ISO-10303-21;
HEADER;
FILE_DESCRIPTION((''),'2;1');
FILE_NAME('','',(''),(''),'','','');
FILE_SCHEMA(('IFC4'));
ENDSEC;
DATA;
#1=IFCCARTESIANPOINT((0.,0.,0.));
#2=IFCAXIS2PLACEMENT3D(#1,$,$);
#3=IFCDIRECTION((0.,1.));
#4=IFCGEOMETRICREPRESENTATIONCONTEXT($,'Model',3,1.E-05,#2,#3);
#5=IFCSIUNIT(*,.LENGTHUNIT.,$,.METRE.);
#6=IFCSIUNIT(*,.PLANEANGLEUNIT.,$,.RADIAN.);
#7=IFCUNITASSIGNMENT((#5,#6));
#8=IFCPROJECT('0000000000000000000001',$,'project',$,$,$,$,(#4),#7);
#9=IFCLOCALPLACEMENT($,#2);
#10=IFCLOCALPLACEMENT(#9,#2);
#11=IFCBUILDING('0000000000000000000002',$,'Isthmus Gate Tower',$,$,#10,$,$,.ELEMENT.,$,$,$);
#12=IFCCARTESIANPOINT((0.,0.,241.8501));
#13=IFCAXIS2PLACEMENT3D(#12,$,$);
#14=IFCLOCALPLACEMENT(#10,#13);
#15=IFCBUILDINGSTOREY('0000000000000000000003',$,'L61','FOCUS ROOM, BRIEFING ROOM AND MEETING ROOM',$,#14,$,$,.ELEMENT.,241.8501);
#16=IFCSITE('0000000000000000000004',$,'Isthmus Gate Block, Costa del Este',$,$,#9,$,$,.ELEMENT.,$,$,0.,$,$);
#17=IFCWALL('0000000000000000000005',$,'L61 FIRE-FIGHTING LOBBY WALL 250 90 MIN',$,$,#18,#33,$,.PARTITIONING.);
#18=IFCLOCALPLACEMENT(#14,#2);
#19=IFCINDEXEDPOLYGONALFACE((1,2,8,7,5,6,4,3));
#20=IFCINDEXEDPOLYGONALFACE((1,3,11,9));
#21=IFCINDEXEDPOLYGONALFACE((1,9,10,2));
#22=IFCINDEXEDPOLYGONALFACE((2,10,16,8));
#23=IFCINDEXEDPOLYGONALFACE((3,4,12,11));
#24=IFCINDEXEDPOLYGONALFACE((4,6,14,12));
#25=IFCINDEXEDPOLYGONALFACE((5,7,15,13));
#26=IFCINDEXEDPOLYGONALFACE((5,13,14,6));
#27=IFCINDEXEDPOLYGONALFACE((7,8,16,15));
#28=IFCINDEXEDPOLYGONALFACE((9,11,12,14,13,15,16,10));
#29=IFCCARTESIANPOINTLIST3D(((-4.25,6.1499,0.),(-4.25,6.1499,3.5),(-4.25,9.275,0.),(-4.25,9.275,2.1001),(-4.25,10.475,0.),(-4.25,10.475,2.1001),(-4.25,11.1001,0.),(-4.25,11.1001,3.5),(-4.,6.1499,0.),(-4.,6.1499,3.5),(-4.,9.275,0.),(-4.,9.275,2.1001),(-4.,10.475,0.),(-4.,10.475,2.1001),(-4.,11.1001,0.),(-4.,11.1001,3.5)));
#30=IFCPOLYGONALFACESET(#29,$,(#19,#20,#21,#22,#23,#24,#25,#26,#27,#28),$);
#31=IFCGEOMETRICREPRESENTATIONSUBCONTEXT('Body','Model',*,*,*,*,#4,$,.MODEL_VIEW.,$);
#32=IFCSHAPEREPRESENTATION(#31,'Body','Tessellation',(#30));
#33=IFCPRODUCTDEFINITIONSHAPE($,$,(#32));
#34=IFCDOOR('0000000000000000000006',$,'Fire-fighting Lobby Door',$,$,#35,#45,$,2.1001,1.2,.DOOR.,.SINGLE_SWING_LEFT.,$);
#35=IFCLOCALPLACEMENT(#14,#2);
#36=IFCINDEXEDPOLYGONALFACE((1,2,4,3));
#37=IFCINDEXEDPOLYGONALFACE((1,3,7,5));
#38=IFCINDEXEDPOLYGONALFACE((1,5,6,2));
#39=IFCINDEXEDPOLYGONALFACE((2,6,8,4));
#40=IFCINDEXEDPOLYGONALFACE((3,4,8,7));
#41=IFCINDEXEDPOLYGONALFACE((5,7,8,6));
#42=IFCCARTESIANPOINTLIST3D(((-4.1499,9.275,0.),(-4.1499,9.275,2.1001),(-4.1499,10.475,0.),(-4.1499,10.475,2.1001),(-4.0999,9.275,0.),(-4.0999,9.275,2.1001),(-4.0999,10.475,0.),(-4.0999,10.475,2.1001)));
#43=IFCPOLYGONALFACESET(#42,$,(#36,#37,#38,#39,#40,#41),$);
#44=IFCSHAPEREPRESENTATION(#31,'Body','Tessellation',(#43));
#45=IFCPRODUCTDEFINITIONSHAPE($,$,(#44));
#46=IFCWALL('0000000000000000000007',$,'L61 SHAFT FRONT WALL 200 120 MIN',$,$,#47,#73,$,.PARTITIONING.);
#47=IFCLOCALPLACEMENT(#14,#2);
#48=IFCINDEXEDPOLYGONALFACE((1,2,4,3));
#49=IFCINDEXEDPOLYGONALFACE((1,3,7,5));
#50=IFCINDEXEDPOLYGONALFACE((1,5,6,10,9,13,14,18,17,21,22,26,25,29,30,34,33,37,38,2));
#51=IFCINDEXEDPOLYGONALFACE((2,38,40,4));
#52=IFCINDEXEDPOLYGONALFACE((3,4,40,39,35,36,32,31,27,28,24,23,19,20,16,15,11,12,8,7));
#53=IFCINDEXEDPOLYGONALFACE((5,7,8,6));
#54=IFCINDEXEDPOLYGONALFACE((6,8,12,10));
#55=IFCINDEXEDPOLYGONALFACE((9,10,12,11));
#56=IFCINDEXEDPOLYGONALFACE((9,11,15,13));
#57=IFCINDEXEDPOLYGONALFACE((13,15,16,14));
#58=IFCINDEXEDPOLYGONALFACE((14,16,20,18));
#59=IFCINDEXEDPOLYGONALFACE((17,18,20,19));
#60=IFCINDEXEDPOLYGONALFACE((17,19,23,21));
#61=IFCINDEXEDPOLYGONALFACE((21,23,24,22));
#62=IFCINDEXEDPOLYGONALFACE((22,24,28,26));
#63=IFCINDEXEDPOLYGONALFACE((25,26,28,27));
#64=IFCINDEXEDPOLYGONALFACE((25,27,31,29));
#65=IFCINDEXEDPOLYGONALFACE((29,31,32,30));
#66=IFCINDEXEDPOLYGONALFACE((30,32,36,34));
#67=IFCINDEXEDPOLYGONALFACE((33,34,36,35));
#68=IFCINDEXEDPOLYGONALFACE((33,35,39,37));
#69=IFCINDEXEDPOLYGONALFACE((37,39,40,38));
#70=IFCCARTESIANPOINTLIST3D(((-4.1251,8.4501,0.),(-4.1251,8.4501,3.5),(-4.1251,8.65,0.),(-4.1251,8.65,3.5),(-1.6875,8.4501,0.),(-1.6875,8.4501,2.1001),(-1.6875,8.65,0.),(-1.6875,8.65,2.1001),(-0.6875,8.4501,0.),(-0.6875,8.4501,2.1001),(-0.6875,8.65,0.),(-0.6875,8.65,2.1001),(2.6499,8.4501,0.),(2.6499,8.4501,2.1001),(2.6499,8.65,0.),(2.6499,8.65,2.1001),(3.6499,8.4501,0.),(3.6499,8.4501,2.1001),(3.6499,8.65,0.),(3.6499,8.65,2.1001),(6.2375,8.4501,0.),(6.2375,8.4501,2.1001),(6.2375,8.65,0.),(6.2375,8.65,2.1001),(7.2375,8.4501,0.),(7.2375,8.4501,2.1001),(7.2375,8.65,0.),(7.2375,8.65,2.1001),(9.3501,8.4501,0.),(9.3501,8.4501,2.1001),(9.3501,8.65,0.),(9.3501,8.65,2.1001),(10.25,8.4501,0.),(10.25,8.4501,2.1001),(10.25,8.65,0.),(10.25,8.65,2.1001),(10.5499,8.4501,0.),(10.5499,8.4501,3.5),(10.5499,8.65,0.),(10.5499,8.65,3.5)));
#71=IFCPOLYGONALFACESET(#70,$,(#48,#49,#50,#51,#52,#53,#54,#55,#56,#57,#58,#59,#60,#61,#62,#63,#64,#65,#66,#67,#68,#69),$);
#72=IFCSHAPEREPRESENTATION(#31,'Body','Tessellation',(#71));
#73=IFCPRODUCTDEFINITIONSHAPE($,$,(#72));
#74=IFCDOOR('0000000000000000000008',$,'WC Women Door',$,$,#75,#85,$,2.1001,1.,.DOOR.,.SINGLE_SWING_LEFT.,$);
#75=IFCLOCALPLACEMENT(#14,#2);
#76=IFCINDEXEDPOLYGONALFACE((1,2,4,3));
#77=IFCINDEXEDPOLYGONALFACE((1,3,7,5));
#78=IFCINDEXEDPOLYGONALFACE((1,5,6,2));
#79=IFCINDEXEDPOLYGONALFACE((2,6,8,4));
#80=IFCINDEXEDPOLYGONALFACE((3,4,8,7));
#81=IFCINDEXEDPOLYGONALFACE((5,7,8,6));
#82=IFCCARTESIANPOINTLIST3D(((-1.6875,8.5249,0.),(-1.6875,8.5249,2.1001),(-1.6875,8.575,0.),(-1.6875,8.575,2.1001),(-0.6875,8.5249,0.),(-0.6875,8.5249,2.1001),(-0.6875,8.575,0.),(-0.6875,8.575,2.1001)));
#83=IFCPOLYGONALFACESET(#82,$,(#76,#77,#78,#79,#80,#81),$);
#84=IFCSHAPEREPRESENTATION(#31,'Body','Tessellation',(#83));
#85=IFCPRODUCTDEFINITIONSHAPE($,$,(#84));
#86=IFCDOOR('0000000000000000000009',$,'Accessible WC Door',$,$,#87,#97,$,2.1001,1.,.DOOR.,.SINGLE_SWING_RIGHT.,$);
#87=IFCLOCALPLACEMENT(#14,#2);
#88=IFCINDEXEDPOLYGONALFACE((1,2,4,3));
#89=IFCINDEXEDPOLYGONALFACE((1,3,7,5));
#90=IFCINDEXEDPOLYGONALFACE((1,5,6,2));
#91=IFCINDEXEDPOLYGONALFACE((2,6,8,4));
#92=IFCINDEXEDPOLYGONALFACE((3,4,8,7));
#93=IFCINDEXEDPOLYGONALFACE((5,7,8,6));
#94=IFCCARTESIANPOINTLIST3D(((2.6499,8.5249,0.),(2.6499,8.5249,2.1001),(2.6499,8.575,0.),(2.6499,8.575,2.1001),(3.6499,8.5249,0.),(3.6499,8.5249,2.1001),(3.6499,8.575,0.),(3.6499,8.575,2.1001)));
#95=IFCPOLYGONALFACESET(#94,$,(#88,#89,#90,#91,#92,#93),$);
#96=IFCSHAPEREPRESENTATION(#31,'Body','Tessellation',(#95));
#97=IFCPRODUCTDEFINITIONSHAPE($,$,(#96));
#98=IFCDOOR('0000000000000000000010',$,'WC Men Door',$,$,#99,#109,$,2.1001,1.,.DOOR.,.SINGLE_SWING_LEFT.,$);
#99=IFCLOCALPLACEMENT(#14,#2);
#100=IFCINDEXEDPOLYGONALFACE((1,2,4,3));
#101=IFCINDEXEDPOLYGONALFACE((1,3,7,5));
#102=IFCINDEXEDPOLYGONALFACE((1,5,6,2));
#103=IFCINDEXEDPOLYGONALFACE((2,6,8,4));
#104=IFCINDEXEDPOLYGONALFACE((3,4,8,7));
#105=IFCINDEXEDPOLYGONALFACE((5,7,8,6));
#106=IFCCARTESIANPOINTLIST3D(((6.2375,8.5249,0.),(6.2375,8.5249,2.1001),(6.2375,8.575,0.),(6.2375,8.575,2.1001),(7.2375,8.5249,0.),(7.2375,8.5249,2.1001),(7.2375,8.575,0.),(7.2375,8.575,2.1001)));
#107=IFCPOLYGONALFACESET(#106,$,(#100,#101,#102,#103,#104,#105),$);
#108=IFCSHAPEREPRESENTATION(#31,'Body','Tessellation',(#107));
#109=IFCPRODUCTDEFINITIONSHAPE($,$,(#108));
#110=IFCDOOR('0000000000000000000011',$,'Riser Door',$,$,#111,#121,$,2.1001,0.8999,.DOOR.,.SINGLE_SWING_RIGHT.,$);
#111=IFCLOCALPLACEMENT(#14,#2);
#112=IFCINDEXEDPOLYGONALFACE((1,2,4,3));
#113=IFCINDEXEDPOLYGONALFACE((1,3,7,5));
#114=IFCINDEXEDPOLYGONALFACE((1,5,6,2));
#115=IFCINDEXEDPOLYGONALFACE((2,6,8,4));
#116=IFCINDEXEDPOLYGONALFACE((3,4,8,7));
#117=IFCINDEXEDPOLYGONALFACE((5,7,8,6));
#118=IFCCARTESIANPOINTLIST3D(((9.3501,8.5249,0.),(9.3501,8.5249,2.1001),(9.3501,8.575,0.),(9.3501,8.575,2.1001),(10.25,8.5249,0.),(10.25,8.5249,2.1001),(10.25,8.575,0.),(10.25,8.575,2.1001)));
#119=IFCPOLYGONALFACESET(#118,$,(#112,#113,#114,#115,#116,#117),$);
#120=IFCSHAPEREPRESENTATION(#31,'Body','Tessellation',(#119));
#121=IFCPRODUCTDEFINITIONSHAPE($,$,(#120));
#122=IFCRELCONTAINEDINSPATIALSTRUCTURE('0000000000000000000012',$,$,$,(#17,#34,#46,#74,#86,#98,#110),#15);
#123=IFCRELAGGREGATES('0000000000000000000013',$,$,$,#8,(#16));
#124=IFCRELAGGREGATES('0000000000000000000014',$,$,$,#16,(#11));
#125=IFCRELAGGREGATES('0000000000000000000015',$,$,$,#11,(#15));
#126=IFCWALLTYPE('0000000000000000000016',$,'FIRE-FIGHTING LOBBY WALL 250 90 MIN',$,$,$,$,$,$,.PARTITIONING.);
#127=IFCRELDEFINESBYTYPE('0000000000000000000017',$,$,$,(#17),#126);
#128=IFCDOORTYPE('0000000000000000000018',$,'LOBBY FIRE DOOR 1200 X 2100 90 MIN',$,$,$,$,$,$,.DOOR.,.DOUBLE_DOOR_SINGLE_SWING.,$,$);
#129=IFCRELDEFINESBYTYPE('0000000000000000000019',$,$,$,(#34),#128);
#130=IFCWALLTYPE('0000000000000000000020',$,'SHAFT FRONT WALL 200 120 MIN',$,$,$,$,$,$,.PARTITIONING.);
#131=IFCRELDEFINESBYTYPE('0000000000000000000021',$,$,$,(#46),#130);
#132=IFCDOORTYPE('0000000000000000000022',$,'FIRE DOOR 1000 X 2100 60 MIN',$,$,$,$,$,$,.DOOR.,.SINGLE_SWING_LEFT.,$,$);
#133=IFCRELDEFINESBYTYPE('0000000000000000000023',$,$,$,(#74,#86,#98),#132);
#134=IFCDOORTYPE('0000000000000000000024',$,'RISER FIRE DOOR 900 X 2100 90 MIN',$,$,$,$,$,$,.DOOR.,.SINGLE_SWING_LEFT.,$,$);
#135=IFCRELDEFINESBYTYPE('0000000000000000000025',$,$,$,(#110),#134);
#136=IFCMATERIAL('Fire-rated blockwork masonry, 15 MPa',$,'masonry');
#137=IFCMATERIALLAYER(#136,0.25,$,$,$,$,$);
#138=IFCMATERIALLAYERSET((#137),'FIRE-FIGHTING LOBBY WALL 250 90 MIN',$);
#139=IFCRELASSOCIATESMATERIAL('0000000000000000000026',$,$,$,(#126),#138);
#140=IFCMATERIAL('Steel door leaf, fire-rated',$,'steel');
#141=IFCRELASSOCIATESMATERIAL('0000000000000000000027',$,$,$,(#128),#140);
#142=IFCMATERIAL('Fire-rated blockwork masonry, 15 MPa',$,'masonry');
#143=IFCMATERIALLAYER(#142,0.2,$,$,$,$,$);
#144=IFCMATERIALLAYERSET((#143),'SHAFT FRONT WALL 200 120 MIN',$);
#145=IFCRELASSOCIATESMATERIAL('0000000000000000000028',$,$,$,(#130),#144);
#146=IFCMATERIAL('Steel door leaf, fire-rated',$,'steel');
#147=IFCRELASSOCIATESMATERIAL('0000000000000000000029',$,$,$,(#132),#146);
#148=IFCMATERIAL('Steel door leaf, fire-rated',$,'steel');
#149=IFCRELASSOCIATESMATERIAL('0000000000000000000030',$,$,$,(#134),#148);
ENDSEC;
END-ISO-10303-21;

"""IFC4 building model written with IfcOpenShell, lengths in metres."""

from ifc_helpers import new_model, si_unit, direction, frame, frame_2d, origin, place, context, subcontext, project, spatial, rectangle, extrude, material, layer, layer_set, type_object, element, fill, save


model = new_model("IFC4")

# Units and contexts
model_context = context("Model", 3, precision=1e-05, world=origin(), true_north=direction((0.0, 1.0)))
body_context = subcontext(model_context, "Body", "Model", "MODEL_VIEW")
ifc_project = project(units=[si_unit("LENGTHUNIT", "METRE"), si_unit("PLANEANGLEUNIT", "RADIAN")], contexts=[model_context])

# Site, building, storey
site_placement = place(None, origin())
site = spatial("IfcSite", under=ifc_project, at=site_placement, Name="Isthmus Gate Block, Costa del Este", CompositionType="ELEMENT", RefElevation=0.0)
building_placement = place(site_placement, origin())
building = spatial("IfcBuilding", under=site, at=building_placement, Name="Isthmus Gate Tower", CompositionType="ELEMENT")
storey_placement = place(building_placement, frame((0.0, 0.0, 241.8501)))
storey = spatial("IfcBuildingStorey", under=building, at=storey_placement, Name="L61", Description="FOCUS ROOM, BRIEFING ROOM AND MEETING ROOM", CompositionType="ELEMENT", Elevation=241.8501)

# Wall, opening, door
ifc_material_1 = material(Name="Fire-rated blockwork masonry, 15 MPa", Category="masonry")
ifc_layer_1 = layer(ifc_material_1, 0.25)
ifc_layer_set_1 = layer_set([ifc_layer_1], Name="FIRE-FIGHTING LOBBY WALL 250 90 MIN")
wall_type_1 = type_object("IfcWallType", Name="FIRE-FIGHTING LOBBY WALL 250 90 MIN", PredefinedType="PARTITIONING", material=ifc_layer_set_1)
wall_1_placement = place(storey_placement, frame((-4.125, 6.1499, 0.0), z_axis=(0.0, 0.0, 1.0), x_axis=(0.0, 1.0, 0.0)))
wall_1 = element("IfcWall", 1, at=wall_1_placement, inside=storey, type_object=wall_type_1, Name="L61 FIRE-FIGHTING LOBBY WALL 250 90 MIN", PredefinedType="PARTITIONING", context=body_context, shape_type="SweptSolid", body=[
    extrude(rectangle(XDim=4.9502, YDim=0.25, at=frame_2d((2.4751, 0.0))), origin(), (0.0, 0.0, 1.0), 3.5),
])
opening_1_placement = place(wall_1_placement, frame((3.125, 0.0, 0.0)))
opening_1 = element("IfcOpeningElement", 2, at=opening_1_placement, cuts=wall_1, PredefinedType="OPENING", context=body_context, shape_type="SweptSolid", body=[
    extrude(rectangle(XDim=1.2, YDim=2.1001, at=frame_2d((0.6001, 1.05))), frame((0.0, 0.135, 0.0), z_axis=(0.0, -1.0, 0.0), x_axis=(1.0, 0.0, 0.0)), (0.0, 0.0, 1.0), 0.27),
])
ifc_material_2 = material(Name="Steel door leaf, fire-rated", Category="steel")
door_type_1 = type_object("IfcDoorType", Name="LOBBY FIRE DOOR 1200 X 2100 90 MIN", OperationType="DOUBLE_DOOR_SINGLE_SWING", PredefinedType="DOOR", material=ifc_material_2)
door_1_placement = place(opening_1_placement, origin())
door_1 = element("IfcDoor", 3, at=door_1_placement, inside=storey, type_object=door_type_1, Name="Fire-fighting Lobby Door", OperationType="SINGLE_SWING_LEFT", OverallHeight=2.1001, OverallWidth=1.2, PredefinedType="DOOR", context=body_context, shape_type="SweptSolid", body=[
    extrude(rectangle(XDim=1.2, YDim=2.1001, at=frame_2d((0.6001, 1.05))), frame((0.0, 0.0249, 0.0), z_axis=(0.0, -1.0, 0.0), x_axis=(1.0, 0.0, 0.0)), (0.0, 0.0, 1.0), 0.05),
])
fill(opening_1, door_1)

# Wall, openings, doors
ifc_material_3 = material(Name="Fire-rated blockwork masonry, 15 MPa", Category="masonry")
ifc_layer_2 = layer(ifc_material_3, 0.2)
ifc_layer_set_2 = layer_set([ifc_layer_2], Name="SHAFT FRONT WALL 200 120 MIN")
wall_type_2 = type_object("IfcWallType", Name="SHAFT FRONT WALL 200 120 MIN", PredefinedType="PARTITIONING", material=ifc_layer_set_2)
wall_2_placement = place(storey_placement, frame((-4.125, 8.55, 0.0), z_axis=(0.0, 0.0, 1.0), x_axis=(1.0, 0.0, 0.0)))
wall_2 = element("IfcWall", 4, at=wall_2_placement, inside=storey, type_object=wall_type_2, Name="L61 SHAFT FRONT WALL 200 120 MIN", PredefinedType="PARTITIONING", context=body_context, shape_type="SweptSolid", body=[
    extrude(rectangle(XDim=14.675, YDim=0.2, at=frame_2d((7.3374, 0.0))), origin(), (0.0, 0.0, 1.0), 3.5),
])
opening_2_placement = place(wall_2_placement, frame((2.4375, 0.0, 0.0)))
opening_2 = element("IfcOpeningElement", 5, at=opening_2_placement, cuts=wall_2, PredefinedType="OPENING", context=body_context, shape_type="SweptSolid", body=[
    extrude(rectangle(XDim=1.0, YDim=2.1001, at=frame_2d((0.5, 1.05))), frame((0.0, 0.1099, 0.0), z_axis=(0.0, -1.0, 0.0), x_axis=(1.0, 0.0, 0.0)), (0.0, 0.0, 1.0), 0.22),
])
opening_3_placement = place(wall_2_placement, frame((6.7749, 0.0, 0.0)))
opening_3 = element("IfcOpeningElement", 6, at=opening_3_placement, cuts=wall_2, PredefinedType="OPENING", context=body_context, shape_type="SweptSolid", body=[
    extrude(rectangle(XDim=1.0, YDim=2.1001, at=frame_2d((0.5, 1.05))), frame((0.0, 0.1099, 0.0), z_axis=(0.0, -1.0, 0.0), x_axis=(1.0, 0.0, 0.0)), (0.0, 0.0, 1.0), 0.22),
])
opening_4_placement = place(wall_2_placement, frame((10.3625, 0.0, 0.0)))
opening_4 = element("IfcOpeningElement", 7, at=opening_4_placement, cuts=wall_2, PredefinedType="OPENING", context=body_context, shape_type="SweptSolid", body=[
    extrude(rectangle(XDim=1.0, YDim=2.1001, at=frame_2d((0.5, 1.05))), frame((0.0, 0.1099, 0.0), z_axis=(0.0, -1.0, 0.0), x_axis=(1.0, 0.0, 0.0)), (0.0, 0.0, 1.0), 0.22),
])
opening_5_placement = place(wall_2_placement, frame((13.4751, 0.0, 0.0)))
opening_5 = element("IfcOpeningElement", 8, at=opening_5_placement, cuts=wall_2, PredefinedType="OPENING", context=body_context, shape_type="SweptSolid", body=[
    extrude(rectangle(XDim=0.8999, YDim=2.1001, at=frame_2d((0.45, 1.05))), frame((0.0, 0.1099, 0.0), z_axis=(0.0, -1.0, 0.0), x_axis=(1.0, 0.0, 0.0)), (0.0, 0.0, 1.0), 0.22),
])
ifc_material_4 = material(Name="Steel door leaf, fire-rated", Category="steel")
door_type_2 = type_object("IfcDoorType", Name="FIRE DOOR 1000 X 2100 60 MIN", OperationType="SINGLE_SWING_LEFT", PredefinedType="DOOR", material=ifc_material_4)
door_2_placement = place(opening_2_placement, origin())
door_2 = element("IfcDoor", 9, at=door_2_placement, inside=storey, type_object=door_type_2, Name="WC Women Door", OperationType="SINGLE_SWING_LEFT", OverallHeight=2.1001, OverallWidth=1.0, PredefinedType="DOOR", context=body_context, shape_type="SweptSolid", body=[
    extrude(rectangle(XDim=1.0, YDim=2.1001, at=frame_2d((0.5, 1.05))), frame((0.0, 0.0249, 0.0), z_axis=(0.0, -1.0, 0.0), x_axis=(1.0, 0.0, 0.0)), (0.0, 0.0, 1.0), 0.05),
])
fill(opening_2, door_2)
door_3_placement = place(opening_3_placement, origin())
door_3 = element("IfcDoor", 10, at=door_3_placement, inside=storey, type_object=door_type_2, Name="Accessible WC Door", OperationType="SINGLE_SWING_RIGHT", OverallHeight=2.1001, OverallWidth=1.0, PredefinedType="DOOR", context=body_context, shape_type="SweptSolid", body=[
    extrude(rectangle(XDim=1.0, YDim=2.1001, at=frame_2d((0.5, 1.05))), frame((0.0, 0.0249, 0.0), z_axis=(0.0, -1.0, 0.0), x_axis=(1.0, 0.0, 0.0)), (0.0, 0.0, 1.0), 0.05),
])
fill(opening_3, door_3)
door_4_placement = place(opening_4_placement, origin())
door_4 = element("IfcDoor", 11, at=door_4_placement, inside=storey, type_object=door_type_2, Name="WC Men Door", OperationType="SINGLE_SWING_LEFT", OverallHeight=2.1001, OverallWidth=1.0, PredefinedType="DOOR", context=body_context, shape_type="SweptSolid", body=[
    extrude(rectangle(XDim=1.0, YDim=2.1001, at=frame_2d((0.5, 1.05))), frame((0.0, 0.0249, 0.0), z_axis=(0.0, -1.0, 0.0), x_axis=(1.0, 0.0, 0.0)), (0.0, 0.0, 1.0), 0.05),
])
fill(opening_4, door_4)
ifc_material_5 = material(Name="Steel door leaf, fire-rated", Category="steel")
door_type_3 = type_object("IfcDoorType", Name="RISER FIRE DOOR 900 X 2100 90 MIN", OperationType="SINGLE_SWING_LEFT", PredefinedType="DOOR", material=ifc_material_5)
door_5_placement = place(opening_5_placement, origin())
door_5 = element("IfcDoor", 12, at=door_5_placement, inside=storey, type_object=door_type_3, Name="Riser Door", OperationType="SINGLE_SWING_RIGHT", OverallHeight=2.1001, OverallWidth=0.8999, PredefinedType="DOOR", context=body_context, shape_type="SweptSolid", body=[
    extrude(rectangle(XDim=0.8999, YDim=2.1001, at=frame_2d((0.45, 1.05))), frame((0.0, 0.0249, 0.0), z_axis=(0.0, -1.0, 0.0), x_axis=(1.0, 0.0, 0.0)), (0.0, 0.0, 1.0), 0.05),
])
fill(opening_5, door_5)

save(model, "model.ifc")
